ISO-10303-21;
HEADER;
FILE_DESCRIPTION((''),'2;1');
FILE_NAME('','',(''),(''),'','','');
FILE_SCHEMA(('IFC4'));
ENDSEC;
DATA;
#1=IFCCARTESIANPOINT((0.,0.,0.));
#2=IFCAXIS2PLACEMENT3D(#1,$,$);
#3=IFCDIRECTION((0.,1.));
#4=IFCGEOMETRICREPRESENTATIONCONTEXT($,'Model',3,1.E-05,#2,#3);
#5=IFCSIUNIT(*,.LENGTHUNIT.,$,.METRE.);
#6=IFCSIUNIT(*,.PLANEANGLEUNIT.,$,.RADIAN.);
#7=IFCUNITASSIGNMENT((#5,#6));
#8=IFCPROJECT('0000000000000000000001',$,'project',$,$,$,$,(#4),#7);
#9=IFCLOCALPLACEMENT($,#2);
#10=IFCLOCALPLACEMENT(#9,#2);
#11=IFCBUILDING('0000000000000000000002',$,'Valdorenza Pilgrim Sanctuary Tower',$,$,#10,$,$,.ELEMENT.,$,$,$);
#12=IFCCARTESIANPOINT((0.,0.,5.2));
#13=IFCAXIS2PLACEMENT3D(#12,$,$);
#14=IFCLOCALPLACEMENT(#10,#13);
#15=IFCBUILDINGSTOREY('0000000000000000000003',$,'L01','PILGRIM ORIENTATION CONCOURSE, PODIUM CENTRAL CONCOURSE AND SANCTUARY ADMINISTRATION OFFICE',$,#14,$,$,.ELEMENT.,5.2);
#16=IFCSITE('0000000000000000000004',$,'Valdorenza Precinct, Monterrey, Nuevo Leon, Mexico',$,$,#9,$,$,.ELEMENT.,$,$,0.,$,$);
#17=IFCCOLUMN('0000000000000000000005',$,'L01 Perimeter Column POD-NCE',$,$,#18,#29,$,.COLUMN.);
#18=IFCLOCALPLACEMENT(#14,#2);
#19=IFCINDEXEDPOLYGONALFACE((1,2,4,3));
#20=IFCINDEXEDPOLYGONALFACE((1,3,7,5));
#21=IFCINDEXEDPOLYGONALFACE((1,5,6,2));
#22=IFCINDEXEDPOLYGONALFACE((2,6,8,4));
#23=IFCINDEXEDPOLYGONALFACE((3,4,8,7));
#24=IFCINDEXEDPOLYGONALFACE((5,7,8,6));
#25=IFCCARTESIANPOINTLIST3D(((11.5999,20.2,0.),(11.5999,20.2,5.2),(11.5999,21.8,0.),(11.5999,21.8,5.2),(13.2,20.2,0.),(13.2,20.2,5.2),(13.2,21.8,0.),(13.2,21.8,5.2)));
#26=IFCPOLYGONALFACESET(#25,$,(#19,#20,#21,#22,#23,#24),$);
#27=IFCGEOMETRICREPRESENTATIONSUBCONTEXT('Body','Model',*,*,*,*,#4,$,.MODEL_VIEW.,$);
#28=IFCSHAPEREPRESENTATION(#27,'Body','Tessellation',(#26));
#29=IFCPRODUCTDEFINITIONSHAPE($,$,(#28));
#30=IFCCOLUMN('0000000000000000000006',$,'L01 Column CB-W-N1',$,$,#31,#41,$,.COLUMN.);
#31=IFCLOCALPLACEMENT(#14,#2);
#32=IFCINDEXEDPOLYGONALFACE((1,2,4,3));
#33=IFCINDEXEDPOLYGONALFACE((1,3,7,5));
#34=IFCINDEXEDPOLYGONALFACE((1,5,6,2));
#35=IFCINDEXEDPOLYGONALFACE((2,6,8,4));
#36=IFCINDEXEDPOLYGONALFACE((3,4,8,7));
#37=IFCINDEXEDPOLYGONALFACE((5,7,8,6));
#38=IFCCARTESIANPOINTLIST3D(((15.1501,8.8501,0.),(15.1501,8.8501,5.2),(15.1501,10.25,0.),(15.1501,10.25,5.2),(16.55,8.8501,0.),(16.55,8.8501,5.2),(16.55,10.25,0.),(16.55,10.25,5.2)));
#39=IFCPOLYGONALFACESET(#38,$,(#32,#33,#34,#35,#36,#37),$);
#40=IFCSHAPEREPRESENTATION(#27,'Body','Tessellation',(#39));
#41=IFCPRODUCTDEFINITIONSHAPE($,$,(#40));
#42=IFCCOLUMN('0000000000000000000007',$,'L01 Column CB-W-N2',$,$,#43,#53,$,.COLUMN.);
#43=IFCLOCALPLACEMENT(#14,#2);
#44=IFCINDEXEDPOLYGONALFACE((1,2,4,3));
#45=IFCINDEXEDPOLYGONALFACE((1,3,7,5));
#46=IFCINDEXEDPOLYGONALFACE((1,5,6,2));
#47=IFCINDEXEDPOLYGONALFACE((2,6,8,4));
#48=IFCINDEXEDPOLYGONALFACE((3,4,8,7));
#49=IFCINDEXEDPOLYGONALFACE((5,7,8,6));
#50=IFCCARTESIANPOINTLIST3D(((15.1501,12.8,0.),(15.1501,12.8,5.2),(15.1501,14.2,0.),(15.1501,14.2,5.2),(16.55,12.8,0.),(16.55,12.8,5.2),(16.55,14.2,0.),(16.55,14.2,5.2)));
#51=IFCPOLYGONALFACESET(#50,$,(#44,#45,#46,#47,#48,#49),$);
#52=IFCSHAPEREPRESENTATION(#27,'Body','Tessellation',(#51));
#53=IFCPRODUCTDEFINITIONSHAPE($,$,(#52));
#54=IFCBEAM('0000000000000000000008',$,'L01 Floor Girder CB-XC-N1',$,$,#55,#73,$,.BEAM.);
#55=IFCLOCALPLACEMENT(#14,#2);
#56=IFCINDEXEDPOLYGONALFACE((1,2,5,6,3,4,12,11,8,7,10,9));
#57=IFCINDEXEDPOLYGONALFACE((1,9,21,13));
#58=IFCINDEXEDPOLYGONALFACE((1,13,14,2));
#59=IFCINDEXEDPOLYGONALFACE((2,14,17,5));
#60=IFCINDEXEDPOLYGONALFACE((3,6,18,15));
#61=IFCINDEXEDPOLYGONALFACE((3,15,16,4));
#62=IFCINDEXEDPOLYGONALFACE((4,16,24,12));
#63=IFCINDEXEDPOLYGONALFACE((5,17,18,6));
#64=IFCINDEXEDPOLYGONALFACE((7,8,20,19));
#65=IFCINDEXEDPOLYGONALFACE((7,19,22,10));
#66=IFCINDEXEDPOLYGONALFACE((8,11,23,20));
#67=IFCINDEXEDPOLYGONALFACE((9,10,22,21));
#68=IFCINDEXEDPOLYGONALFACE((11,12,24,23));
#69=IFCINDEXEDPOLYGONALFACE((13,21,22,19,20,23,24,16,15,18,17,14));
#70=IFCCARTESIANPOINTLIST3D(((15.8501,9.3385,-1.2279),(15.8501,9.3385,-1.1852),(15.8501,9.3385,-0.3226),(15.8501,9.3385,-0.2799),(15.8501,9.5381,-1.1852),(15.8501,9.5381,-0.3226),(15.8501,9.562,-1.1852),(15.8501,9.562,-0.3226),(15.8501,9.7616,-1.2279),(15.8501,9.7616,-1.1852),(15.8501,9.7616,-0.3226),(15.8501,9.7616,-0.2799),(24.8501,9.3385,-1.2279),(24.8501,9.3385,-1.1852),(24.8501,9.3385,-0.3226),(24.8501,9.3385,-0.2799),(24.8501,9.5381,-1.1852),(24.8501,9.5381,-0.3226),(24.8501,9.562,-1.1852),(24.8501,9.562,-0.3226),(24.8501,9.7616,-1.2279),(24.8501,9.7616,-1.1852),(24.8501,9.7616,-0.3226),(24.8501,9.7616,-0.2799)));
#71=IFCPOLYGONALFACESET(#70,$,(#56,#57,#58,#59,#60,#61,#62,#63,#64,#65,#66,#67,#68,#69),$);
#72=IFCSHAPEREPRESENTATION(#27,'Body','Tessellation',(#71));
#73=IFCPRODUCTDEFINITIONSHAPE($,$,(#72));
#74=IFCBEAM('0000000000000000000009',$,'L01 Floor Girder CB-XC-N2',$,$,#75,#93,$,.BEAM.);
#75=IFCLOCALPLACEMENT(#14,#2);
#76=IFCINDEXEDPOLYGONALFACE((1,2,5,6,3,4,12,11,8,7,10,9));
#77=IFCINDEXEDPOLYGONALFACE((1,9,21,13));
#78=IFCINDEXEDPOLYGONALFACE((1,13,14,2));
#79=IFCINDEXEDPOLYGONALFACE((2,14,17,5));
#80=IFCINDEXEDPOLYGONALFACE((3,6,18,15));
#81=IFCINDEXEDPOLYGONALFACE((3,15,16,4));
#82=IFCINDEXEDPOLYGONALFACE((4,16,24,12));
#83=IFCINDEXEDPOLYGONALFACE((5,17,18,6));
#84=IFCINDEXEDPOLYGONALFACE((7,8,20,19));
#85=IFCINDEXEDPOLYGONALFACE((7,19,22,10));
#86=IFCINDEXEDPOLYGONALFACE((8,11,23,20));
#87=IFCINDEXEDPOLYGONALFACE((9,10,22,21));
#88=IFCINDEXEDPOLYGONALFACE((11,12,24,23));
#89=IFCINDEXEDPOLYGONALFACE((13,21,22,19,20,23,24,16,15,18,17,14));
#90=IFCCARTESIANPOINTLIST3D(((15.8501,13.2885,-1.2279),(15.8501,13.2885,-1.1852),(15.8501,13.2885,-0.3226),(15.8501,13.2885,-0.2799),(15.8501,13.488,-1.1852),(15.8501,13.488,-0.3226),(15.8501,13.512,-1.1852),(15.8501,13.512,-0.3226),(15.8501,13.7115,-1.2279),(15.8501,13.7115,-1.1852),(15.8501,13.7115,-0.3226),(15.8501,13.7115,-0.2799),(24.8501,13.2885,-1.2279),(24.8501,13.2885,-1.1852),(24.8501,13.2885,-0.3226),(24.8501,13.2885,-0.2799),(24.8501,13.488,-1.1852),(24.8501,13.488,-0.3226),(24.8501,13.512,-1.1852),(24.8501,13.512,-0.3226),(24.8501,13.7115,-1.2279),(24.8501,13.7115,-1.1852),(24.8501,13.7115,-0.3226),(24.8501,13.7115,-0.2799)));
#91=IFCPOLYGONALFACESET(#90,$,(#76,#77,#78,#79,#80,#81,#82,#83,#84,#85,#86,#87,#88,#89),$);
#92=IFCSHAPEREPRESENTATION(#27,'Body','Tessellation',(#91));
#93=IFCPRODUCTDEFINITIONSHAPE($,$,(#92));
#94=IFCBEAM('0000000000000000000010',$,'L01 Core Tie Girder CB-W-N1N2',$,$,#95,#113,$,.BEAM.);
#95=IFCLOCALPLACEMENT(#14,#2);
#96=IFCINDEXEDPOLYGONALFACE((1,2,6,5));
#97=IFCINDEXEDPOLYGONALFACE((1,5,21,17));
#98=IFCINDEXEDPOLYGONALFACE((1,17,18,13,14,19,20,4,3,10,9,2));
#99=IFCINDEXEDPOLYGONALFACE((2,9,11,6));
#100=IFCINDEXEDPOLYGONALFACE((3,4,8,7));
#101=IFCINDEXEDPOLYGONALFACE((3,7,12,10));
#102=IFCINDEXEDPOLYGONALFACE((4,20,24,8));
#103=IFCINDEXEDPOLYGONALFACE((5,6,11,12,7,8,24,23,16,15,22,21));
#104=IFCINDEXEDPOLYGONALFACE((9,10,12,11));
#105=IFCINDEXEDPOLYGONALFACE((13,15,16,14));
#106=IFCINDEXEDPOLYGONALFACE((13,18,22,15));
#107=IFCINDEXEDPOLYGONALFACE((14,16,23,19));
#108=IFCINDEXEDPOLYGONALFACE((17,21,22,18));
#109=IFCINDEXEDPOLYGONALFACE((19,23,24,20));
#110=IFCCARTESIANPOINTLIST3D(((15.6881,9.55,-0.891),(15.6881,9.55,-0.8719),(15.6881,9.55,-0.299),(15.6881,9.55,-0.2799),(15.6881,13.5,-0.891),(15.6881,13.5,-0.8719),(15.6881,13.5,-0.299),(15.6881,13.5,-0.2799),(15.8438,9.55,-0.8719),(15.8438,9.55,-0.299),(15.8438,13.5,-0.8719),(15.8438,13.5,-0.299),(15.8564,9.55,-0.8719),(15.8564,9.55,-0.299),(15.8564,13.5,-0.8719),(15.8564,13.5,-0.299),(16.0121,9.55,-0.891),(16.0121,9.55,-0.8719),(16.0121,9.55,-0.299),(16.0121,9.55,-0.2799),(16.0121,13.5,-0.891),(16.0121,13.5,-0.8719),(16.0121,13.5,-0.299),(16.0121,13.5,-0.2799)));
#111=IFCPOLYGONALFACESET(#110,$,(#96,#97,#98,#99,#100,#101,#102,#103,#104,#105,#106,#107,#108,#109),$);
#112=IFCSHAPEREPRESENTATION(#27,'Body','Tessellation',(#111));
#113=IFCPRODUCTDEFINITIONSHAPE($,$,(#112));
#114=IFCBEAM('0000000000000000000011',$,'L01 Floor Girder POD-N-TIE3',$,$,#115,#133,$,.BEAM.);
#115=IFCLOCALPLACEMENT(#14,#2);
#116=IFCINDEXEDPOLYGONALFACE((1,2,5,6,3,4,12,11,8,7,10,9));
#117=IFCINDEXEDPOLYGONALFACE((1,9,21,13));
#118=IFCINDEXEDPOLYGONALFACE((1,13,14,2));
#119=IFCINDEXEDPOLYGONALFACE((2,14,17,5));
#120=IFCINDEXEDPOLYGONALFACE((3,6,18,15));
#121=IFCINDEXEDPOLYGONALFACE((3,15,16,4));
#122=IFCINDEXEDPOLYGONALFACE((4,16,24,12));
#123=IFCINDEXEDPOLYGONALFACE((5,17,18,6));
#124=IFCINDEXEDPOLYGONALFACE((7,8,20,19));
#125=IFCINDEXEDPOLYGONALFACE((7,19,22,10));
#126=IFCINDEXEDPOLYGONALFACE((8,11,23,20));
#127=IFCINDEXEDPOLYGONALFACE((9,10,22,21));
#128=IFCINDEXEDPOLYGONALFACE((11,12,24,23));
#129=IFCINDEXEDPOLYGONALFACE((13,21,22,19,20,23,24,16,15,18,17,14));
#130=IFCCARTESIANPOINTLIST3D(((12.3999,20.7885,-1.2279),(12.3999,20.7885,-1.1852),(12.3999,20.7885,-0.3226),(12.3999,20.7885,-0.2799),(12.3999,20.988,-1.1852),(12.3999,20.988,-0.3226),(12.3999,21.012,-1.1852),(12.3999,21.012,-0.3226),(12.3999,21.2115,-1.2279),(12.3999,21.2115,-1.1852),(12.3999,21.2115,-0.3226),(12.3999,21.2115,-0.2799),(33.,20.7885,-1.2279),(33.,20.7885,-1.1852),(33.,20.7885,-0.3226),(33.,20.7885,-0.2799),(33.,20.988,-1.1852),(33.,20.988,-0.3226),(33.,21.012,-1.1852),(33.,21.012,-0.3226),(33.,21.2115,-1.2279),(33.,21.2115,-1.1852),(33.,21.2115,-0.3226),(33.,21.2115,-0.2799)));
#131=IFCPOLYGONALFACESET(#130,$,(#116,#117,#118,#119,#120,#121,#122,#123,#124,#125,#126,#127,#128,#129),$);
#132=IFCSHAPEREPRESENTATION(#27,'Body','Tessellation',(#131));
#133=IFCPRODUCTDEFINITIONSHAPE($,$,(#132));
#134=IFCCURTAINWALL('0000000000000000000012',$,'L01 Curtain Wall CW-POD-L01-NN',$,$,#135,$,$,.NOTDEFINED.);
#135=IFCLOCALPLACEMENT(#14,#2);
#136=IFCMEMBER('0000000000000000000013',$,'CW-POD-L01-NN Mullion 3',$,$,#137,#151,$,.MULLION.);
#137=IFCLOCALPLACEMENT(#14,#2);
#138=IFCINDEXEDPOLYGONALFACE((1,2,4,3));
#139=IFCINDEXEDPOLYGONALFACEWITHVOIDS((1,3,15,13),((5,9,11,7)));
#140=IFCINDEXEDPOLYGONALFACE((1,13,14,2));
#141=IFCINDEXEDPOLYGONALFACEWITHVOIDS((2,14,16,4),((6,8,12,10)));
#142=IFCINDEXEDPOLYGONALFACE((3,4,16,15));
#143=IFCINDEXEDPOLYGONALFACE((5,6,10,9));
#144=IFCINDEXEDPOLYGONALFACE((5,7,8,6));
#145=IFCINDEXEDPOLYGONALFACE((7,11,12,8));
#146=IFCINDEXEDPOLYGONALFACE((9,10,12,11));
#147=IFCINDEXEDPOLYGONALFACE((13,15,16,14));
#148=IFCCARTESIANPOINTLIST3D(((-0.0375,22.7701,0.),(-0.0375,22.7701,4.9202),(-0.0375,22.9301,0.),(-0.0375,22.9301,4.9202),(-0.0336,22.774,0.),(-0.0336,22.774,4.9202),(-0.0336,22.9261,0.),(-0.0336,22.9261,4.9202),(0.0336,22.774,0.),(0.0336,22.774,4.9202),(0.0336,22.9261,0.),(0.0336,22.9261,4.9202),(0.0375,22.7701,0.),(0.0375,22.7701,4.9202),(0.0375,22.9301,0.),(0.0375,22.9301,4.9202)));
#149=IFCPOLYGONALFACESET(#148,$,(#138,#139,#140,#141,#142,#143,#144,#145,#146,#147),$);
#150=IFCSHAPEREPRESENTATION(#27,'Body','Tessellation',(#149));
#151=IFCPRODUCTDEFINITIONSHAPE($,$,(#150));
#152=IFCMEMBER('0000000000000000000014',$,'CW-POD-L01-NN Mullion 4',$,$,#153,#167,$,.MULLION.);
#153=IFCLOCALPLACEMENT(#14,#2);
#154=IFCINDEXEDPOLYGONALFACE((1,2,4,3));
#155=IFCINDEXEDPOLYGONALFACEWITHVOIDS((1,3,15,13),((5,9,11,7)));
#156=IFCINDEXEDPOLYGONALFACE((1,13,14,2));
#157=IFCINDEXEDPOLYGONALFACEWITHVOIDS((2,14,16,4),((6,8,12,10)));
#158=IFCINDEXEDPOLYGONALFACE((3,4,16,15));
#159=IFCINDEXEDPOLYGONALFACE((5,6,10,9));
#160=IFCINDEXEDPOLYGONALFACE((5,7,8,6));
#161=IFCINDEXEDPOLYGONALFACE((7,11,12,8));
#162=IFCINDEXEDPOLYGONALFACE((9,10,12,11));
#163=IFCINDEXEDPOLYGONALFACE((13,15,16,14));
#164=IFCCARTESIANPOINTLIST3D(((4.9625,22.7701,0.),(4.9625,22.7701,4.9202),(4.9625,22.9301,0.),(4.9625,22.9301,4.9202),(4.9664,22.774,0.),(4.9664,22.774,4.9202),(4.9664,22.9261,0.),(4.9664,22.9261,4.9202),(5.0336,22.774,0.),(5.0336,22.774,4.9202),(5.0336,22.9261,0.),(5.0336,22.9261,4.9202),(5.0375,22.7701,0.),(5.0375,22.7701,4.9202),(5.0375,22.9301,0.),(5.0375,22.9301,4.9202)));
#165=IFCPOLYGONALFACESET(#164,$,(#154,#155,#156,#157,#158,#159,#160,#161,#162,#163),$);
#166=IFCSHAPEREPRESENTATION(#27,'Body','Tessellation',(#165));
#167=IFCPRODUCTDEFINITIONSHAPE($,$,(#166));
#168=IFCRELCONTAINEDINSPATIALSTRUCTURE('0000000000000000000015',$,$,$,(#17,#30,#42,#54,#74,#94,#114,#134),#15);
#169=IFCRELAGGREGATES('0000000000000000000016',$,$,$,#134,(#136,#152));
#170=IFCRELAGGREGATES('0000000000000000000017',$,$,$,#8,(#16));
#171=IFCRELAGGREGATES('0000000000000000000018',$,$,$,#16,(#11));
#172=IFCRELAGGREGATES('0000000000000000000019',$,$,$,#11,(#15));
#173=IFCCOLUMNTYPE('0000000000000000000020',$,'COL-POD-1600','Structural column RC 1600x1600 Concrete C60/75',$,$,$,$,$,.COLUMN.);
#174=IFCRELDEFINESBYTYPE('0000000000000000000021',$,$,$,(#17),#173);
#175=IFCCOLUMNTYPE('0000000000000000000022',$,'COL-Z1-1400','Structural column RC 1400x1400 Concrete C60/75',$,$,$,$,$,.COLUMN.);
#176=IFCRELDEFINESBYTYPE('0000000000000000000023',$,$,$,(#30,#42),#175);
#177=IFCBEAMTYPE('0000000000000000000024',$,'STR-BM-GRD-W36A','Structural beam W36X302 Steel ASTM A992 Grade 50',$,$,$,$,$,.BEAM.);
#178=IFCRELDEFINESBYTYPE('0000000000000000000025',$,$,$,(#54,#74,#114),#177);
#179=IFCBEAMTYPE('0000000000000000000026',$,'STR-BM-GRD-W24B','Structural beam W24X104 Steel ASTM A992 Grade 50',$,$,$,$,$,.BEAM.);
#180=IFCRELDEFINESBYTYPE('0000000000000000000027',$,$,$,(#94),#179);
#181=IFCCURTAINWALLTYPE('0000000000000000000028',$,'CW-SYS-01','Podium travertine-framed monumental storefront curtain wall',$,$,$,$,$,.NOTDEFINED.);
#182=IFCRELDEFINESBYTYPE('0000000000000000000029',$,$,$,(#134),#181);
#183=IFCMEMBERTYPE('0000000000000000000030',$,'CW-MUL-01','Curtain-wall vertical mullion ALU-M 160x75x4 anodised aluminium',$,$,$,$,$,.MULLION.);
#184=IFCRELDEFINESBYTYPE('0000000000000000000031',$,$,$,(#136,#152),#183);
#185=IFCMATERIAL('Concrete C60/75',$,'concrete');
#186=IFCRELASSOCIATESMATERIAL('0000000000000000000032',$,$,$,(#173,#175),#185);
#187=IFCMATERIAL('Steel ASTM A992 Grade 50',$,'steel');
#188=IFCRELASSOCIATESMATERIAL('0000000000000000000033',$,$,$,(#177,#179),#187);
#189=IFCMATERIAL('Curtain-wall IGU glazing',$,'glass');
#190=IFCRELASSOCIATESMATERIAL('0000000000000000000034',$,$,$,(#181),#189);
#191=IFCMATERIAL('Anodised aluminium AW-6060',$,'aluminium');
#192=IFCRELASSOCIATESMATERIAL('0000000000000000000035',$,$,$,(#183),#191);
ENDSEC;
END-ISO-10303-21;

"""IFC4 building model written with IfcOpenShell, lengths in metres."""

from ifc_helpers import new_model, si_unit, direction, frame, origin, origin_2d, place, context, subcontext, project, spatial, rectangle, hollow_rectangle, i_section, extrude, source, transform, mapped, material, material_profile, profile_set, type_object, element, aggregate, save


model = new_model("IFC4")

# Units and contexts
model_context = context("Model", 3, precision=1e-05, world=origin(), true_north=direction((0.0, 1.0)))
body_context = subcontext(model_context, "Body", "Model", "MODEL_VIEW")
ifc_project = project(units=[si_unit("LENGTHUNIT", "METRE"), si_unit("PLANEANGLEUNIT", "RADIAN")], contexts=[model_context])

# Site, building, storey
site_placement = place(None, origin())
site = spatial("IfcSite", under=ifc_project, at=site_placement, Name="Valdorenza Precinct, Monterrey, Nuevo Leon, Mexico", CompositionType="ELEMENT", RefElevation=0.0)
building_placement = place(site_placement, origin())
building = spatial("IfcBuilding", under=site, at=building_placement, Name="Valdorenza Pilgrim Sanctuary Tower", CompositionType="ELEMENT")
storey_placement = place(building_placement, frame((0.0, 0.0, 5.2)))
storey = spatial("IfcBuildingStorey", under=building, at=storey_placement, Name="L01", Description="PILGRIM ORIENTATION CONCOURSE, PODIUM CENTRAL CONCOURSE AND SANCTUARY ADMINISTRATION OFFICE", CompositionType="ELEMENT", Elevation=5.2)

# Columns
ifc_material_1 = material(Name="Concrete C60/75", Category="concrete")
ifc_material_profile_1 = material_profile(ifc_material_1, rectangle(XDim=1.6001, YDim=1.6001, at=origin_2d()), Name="RC 1600x1600")
ifc_profile_set_1 = profile_set([ifc_material_profile_1], Name="Concrete C60/75")
column_type_1 = type_object("IfcColumnType", Name="COL-POD-1600", Description="Structural column RC 1600x1600 Concrete C60/75", PredefinedType="COLUMN", material=ifc_profile_set_1)
shared_shape_1 = source(origin(), body_context, "Body", "SweptSolid", [
    extrude(rectangle(XDim=1.6001, YDim=1.6001, at=origin_2d()), origin(), (0.0, 0.0, 1.0), 5.2),
])
column_placement = place(storey_placement, frame((12.3999, 21.0, 0.0), z_axis=(0.0, 0.0, 1.0), x_axis=(1.0, 0.0, 0.0)))
element("IfcColumn", 1, at=column_placement, inside=storey, type_object=column_type_1, Name="L01 Perimeter Column POD-NCE", PredefinedType="COLUMN", context=body_context, shape_type="MappedRepresentation", body=[
    mapped(shared_shape_1, transform((0.0, 0.0, 0.0), x_axis=(1.0, 0.0, 0.0), y_axis=(0.0, 1.0, 0.0), z_axis=(0.0, 0.0, 1.0), scale=1.0)),
])
ifc_material_profile_2 = material_profile(ifc_material_1, rectangle(XDim=1.3999, YDim=1.3999, at=origin_2d()), Name="RC 1400x1400")
ifc_profile_set_2 = profile_set([ifc_material_profile_2], Name="Concrete C60/75")
column_type_2 = type_object("IfcColumnType", Name="COL-Z1-1400", Description="Structural column RC 1400x1400 Concrete C60/75", PredefinedType="COLUMN", material=ifc_profile_set_2)
shared_shape_2 = source(origin(), body_context, "Body", "SweptSolid", [
    extrude(rectangle(XDim=1.3999, YDim=1.3999, at=origin_2d()), origin(), (0.0, 0.0, 1.0), 5.2),
])
for number, where, z_axis, x_axis, name in (
    (2, (15.8501, 9.55, 0.0), (0.0, 0.0, 1.0), (1.0, 0.0, 0.0), "L01 Column CB-W-N1"),
    (3, (15.8501, 13.5, 0.0), (0.0, 0.0, 1.0), (1.0, 0.0, 0.0), "L01 Column CB-W-N2"),
):
    element("IfcColumn", number, at=place(storey_placement, frame(where, z_axis=z_axis, x_axis=x_axis)), inside=storey, type_object=column_type_2, Name=name, PredefinedType="COLUMN", context=body_context, shape_type="MappedRepresentation", body=[
        mapped(shared_shape_2, transform((0.0, 0.0, 0.0), x_axis=(1.0, 0.0, 0.0), y_axis=(0.0, 1.0, 0.0), z_axis=(0.0, 0.0, 1.0), scale=1.0)),
    ])

# Beams
ifc_material_2 = material(Name="Steel ASTM A992 Grade 50", Category="steel")
ifc_material_profile_3 = material_profile(ifc_material_2, i_section(OverallWidth=0.4231, OverallDepth=0.948, WebThickness=0.0239, FlangeThickness=0.0427, at=origin_2d()), Name="W36X302")
ifc_profile_set_3 = profile_set([ifc_material_profile_3], Name="Steel ASTM A992 Grade 50")
beam_type_1 = type_object("IfcBeamType", Name="STR-BM-GRD-W36A", Description="Structural beam W36X302 Steel ASTM A992 Grade 50", PredefinedType="BEAM", material=ifc_profile_set_3)
shared_shape_3 = source(origin(), body_context, "Body", "SweptSolid", [
    extrude(i_section(OverallWidth=0.4231, OverallDepth=0.948, WebThickness=0.0239, FlangeThickness=0.0427, at=origin_2d()), origin(), (0.0, 0.0, 1.0), 9.0),
])
for number, where, z_axis, x_axis, name in (
    (4, (15.8501, 9.55, -0.7539), (1.0, 0.0, 0.0), (0.0, 1.0, 0.0), "L01 Floor Girder CB-XC-N1"),
    (5, (15.8501, 13.5, -0.7539), (1.0, 0.0, 0.0), (0.0, 1.0, 0.0), "L01 Floor Girder CB-XC-N2"),
):
    element("IfcBeam", number, at=place(storey_placement, frame(where, z_axis=z_axis, x_axis=x_axis)), inside=storey, type_object=beam_type_1, Name=name, PredefinedType="BEAM", context=body_context, shape_type="MappedRepresentation", body=[
        mapped(shared_shape_3, transform((0.0, 0.0, 0.0), x_axis=(1.0, 0.0, 0.0), y_axis=(0.0, 1.0, 0.0), z_axis=(0.0, 0.0, 1.0), scale=1.0)),
    ])
ifc_material_profile_4 = material_profile(ifc_material_2, i_section(OverallWidth=0.324, OverallDepth=0.6111, WebThickness=0.0127, FlangeThickness=0.019, at=origin_2d()), Name="W24X104")
ifc_profile_set_4 = profile_set([ifc_material_profile_4], Name="Steel ASTM A992 Grade 50")
beam_type_2 = type_object("IfcBeamType", Name="STR-BM-GRD-W24B", Description="Structural beam W24X104 Steel ASTM A992 Grade 50", PredefinedType="BEAM", material=ifc_profile_set_4)
shared_shape_4 = source(origin(), body_context, "Body", "SweptSolid", [
    extrude(i_section(OverallWidth=0.324, OverallDepth=0.6111, WebThickness=0.0127, FlangeThickness=0.019, at=origin_2d()), origin(), (0.0, 0.0, 1.0), 3.95),
])
beam_1_placement = place(storey_placement, frame((15.8501, 9.55, -0.5854), z_axis=(0.0, 1.0, 0.0), x_axis=(-1.0, 0.0, 0.0)))
element("IfcBeam", 6, at=beam_1_placement, inside=storey, type_object=beam_type_2, Name="L01 Core Tie Girder CB-W-N1N2", PredefinedType="BEAM", context=body_context, shape_type="MappedRepresentation", body=[
    mapped(shared_shape_4, transform((0.0, 0.0, 0.0), x_axis=(1.0, 0.0, 0.0), y_axis=(0.0, 1.0, 0.0), z_axis=(0.0, 0.0, 1.0), scale=1.0)),
])
shared_shape_5 = source(origin(), body_context, "Body", "SweptSolid", [
    extrude(i_section(OverallWidth=0.4231, OverallDepth=0.948, WebThickness=0.0239, FlangeThickness=0.0427, at=origin_2d()), origin(), (0.0, 0.0, 1.0), 20.6001),
])
beam_2_placement = place(storey_placement, frame((12.3999, 21.0, -0.7539), z_axis=(1.0, 0.0, 0.0), x_axis=(0.0, 1.0, 0.0)))
element("IfcBeam", 7, at=beam_2_placement, inside=storey, type_object=beam_type_1, Name="L01 Floor Girder POD-N-TIE3", PredefinedType="BEAM", context=body_context, shape_type="MappedRepresentation", body=[
    mapped(shared_shape_5, transform((0.0, 0.0, 0.0), x_axis=(1.0, 0.0, 0.0), y_axis=(0.0, 1.0, 0.0), z_axis=(0.0, 0.0, 1.0), scale=1.0)),
])

# Curtain wall, members
ifc_material_3 = material(Name="Curtain-wall IGU glazing", Category="glass")
curtain_wall_type = type_object("IfcCurtainWallType", Name="CW-SYS-01", Description="Podium travertine-framed monumental storefront curtain wall", PredefinedType="NOTDEFINED", material=ifc_material_3)
curtain_wall_placement = place(storey_placement, origin())
curtain_wall = element("IfcCurtainWall", 8, at=curtain_wall_placement, inside=storey, type_object=curtain_wall_type, Name="L01 Curtain Wall CW-POD-L01-NN", PredefinedType="NOTDEFINED")
ifc_material_4 = material(Name="Anodised aluminium AW-6060", Category="aluminium")
ifc_material_profile_5 = material_profile(ifc_material_4, hollow_rectangle(XDim=0.075, YDim=0.1599, WallThickness=0.0039, at=origin_2d()), Name="ALU-M 160x75x4")
ifc_profile_set_5 = profile_set([ifc_material_profile_5], Name="Anodised aluminium AW-6060")
member_type = type_object("IfcMemberType", Name="CW-MUL-01", Description="Curtain-wall vertical mullion ALU-M 160x75x4 anodised aluminium", PredefinedType="MULLION", material=ifc_profile_set_5)
shared_shape_6 = source(origin(), body_context, "Body", "SweptSolid", [
    extrude(hollow_rectangle(XDim=0.075, YDim=0.1599, WallThickness=0.0039, at=origin_2d()), origin(), (0.0, 0.0, 1.0), 4.9202),
])
member_1_placement = place(storey_placement, frame((0.0, 22.8501, 0.0), z_axis=(0.0, 0.0, 1.0), x_axis=(1.0, 0.0, 0.0)))
member_1 = element("IfcMember", 9, at=member_1_placement, type_object=member_type, Name="CW-POD-L01-NN Mullion 3", PredefinedType="MULLION", context=body_context, shape_type="MappedRepresentation", body=[
    mapped(shared_shape_6, transform((0.0, 0.0, 0.0), x_axis=(1.0, 0.0, 0.0), y_axis=(0.0, 1.0, 0.0), z_axis=(0.0, 0.0, 1.0), scale=1.0)),
])
member_2_placement = place(storey_placement, frame((5.0, 22.8501, 0.0), z_axis=(0.0, 0.0, 1.0), x_axis=(1.0, 0.0, 0.0)))
member_2 = element("IfcMember", 10, at=member_2_placement, type_object=member_type, Name="CW-POD-L01-NN Mullion 4", PredefinedType="MULLION", context=body_context, shape_type="MappedRepresentation", body=[
    mapped(shared_shape_6, transform((0.0, 0.0, 0.0), x_axis=(1.0, 0.0, 0.0), y_axis=(0.0, 1.0, 0.0), z_axis=(0.0, 0.0, 1.0), scale=1.0)),
])
aggregate(curtain_wall, [member_1, member_2])

save(model, "model.ifc")
